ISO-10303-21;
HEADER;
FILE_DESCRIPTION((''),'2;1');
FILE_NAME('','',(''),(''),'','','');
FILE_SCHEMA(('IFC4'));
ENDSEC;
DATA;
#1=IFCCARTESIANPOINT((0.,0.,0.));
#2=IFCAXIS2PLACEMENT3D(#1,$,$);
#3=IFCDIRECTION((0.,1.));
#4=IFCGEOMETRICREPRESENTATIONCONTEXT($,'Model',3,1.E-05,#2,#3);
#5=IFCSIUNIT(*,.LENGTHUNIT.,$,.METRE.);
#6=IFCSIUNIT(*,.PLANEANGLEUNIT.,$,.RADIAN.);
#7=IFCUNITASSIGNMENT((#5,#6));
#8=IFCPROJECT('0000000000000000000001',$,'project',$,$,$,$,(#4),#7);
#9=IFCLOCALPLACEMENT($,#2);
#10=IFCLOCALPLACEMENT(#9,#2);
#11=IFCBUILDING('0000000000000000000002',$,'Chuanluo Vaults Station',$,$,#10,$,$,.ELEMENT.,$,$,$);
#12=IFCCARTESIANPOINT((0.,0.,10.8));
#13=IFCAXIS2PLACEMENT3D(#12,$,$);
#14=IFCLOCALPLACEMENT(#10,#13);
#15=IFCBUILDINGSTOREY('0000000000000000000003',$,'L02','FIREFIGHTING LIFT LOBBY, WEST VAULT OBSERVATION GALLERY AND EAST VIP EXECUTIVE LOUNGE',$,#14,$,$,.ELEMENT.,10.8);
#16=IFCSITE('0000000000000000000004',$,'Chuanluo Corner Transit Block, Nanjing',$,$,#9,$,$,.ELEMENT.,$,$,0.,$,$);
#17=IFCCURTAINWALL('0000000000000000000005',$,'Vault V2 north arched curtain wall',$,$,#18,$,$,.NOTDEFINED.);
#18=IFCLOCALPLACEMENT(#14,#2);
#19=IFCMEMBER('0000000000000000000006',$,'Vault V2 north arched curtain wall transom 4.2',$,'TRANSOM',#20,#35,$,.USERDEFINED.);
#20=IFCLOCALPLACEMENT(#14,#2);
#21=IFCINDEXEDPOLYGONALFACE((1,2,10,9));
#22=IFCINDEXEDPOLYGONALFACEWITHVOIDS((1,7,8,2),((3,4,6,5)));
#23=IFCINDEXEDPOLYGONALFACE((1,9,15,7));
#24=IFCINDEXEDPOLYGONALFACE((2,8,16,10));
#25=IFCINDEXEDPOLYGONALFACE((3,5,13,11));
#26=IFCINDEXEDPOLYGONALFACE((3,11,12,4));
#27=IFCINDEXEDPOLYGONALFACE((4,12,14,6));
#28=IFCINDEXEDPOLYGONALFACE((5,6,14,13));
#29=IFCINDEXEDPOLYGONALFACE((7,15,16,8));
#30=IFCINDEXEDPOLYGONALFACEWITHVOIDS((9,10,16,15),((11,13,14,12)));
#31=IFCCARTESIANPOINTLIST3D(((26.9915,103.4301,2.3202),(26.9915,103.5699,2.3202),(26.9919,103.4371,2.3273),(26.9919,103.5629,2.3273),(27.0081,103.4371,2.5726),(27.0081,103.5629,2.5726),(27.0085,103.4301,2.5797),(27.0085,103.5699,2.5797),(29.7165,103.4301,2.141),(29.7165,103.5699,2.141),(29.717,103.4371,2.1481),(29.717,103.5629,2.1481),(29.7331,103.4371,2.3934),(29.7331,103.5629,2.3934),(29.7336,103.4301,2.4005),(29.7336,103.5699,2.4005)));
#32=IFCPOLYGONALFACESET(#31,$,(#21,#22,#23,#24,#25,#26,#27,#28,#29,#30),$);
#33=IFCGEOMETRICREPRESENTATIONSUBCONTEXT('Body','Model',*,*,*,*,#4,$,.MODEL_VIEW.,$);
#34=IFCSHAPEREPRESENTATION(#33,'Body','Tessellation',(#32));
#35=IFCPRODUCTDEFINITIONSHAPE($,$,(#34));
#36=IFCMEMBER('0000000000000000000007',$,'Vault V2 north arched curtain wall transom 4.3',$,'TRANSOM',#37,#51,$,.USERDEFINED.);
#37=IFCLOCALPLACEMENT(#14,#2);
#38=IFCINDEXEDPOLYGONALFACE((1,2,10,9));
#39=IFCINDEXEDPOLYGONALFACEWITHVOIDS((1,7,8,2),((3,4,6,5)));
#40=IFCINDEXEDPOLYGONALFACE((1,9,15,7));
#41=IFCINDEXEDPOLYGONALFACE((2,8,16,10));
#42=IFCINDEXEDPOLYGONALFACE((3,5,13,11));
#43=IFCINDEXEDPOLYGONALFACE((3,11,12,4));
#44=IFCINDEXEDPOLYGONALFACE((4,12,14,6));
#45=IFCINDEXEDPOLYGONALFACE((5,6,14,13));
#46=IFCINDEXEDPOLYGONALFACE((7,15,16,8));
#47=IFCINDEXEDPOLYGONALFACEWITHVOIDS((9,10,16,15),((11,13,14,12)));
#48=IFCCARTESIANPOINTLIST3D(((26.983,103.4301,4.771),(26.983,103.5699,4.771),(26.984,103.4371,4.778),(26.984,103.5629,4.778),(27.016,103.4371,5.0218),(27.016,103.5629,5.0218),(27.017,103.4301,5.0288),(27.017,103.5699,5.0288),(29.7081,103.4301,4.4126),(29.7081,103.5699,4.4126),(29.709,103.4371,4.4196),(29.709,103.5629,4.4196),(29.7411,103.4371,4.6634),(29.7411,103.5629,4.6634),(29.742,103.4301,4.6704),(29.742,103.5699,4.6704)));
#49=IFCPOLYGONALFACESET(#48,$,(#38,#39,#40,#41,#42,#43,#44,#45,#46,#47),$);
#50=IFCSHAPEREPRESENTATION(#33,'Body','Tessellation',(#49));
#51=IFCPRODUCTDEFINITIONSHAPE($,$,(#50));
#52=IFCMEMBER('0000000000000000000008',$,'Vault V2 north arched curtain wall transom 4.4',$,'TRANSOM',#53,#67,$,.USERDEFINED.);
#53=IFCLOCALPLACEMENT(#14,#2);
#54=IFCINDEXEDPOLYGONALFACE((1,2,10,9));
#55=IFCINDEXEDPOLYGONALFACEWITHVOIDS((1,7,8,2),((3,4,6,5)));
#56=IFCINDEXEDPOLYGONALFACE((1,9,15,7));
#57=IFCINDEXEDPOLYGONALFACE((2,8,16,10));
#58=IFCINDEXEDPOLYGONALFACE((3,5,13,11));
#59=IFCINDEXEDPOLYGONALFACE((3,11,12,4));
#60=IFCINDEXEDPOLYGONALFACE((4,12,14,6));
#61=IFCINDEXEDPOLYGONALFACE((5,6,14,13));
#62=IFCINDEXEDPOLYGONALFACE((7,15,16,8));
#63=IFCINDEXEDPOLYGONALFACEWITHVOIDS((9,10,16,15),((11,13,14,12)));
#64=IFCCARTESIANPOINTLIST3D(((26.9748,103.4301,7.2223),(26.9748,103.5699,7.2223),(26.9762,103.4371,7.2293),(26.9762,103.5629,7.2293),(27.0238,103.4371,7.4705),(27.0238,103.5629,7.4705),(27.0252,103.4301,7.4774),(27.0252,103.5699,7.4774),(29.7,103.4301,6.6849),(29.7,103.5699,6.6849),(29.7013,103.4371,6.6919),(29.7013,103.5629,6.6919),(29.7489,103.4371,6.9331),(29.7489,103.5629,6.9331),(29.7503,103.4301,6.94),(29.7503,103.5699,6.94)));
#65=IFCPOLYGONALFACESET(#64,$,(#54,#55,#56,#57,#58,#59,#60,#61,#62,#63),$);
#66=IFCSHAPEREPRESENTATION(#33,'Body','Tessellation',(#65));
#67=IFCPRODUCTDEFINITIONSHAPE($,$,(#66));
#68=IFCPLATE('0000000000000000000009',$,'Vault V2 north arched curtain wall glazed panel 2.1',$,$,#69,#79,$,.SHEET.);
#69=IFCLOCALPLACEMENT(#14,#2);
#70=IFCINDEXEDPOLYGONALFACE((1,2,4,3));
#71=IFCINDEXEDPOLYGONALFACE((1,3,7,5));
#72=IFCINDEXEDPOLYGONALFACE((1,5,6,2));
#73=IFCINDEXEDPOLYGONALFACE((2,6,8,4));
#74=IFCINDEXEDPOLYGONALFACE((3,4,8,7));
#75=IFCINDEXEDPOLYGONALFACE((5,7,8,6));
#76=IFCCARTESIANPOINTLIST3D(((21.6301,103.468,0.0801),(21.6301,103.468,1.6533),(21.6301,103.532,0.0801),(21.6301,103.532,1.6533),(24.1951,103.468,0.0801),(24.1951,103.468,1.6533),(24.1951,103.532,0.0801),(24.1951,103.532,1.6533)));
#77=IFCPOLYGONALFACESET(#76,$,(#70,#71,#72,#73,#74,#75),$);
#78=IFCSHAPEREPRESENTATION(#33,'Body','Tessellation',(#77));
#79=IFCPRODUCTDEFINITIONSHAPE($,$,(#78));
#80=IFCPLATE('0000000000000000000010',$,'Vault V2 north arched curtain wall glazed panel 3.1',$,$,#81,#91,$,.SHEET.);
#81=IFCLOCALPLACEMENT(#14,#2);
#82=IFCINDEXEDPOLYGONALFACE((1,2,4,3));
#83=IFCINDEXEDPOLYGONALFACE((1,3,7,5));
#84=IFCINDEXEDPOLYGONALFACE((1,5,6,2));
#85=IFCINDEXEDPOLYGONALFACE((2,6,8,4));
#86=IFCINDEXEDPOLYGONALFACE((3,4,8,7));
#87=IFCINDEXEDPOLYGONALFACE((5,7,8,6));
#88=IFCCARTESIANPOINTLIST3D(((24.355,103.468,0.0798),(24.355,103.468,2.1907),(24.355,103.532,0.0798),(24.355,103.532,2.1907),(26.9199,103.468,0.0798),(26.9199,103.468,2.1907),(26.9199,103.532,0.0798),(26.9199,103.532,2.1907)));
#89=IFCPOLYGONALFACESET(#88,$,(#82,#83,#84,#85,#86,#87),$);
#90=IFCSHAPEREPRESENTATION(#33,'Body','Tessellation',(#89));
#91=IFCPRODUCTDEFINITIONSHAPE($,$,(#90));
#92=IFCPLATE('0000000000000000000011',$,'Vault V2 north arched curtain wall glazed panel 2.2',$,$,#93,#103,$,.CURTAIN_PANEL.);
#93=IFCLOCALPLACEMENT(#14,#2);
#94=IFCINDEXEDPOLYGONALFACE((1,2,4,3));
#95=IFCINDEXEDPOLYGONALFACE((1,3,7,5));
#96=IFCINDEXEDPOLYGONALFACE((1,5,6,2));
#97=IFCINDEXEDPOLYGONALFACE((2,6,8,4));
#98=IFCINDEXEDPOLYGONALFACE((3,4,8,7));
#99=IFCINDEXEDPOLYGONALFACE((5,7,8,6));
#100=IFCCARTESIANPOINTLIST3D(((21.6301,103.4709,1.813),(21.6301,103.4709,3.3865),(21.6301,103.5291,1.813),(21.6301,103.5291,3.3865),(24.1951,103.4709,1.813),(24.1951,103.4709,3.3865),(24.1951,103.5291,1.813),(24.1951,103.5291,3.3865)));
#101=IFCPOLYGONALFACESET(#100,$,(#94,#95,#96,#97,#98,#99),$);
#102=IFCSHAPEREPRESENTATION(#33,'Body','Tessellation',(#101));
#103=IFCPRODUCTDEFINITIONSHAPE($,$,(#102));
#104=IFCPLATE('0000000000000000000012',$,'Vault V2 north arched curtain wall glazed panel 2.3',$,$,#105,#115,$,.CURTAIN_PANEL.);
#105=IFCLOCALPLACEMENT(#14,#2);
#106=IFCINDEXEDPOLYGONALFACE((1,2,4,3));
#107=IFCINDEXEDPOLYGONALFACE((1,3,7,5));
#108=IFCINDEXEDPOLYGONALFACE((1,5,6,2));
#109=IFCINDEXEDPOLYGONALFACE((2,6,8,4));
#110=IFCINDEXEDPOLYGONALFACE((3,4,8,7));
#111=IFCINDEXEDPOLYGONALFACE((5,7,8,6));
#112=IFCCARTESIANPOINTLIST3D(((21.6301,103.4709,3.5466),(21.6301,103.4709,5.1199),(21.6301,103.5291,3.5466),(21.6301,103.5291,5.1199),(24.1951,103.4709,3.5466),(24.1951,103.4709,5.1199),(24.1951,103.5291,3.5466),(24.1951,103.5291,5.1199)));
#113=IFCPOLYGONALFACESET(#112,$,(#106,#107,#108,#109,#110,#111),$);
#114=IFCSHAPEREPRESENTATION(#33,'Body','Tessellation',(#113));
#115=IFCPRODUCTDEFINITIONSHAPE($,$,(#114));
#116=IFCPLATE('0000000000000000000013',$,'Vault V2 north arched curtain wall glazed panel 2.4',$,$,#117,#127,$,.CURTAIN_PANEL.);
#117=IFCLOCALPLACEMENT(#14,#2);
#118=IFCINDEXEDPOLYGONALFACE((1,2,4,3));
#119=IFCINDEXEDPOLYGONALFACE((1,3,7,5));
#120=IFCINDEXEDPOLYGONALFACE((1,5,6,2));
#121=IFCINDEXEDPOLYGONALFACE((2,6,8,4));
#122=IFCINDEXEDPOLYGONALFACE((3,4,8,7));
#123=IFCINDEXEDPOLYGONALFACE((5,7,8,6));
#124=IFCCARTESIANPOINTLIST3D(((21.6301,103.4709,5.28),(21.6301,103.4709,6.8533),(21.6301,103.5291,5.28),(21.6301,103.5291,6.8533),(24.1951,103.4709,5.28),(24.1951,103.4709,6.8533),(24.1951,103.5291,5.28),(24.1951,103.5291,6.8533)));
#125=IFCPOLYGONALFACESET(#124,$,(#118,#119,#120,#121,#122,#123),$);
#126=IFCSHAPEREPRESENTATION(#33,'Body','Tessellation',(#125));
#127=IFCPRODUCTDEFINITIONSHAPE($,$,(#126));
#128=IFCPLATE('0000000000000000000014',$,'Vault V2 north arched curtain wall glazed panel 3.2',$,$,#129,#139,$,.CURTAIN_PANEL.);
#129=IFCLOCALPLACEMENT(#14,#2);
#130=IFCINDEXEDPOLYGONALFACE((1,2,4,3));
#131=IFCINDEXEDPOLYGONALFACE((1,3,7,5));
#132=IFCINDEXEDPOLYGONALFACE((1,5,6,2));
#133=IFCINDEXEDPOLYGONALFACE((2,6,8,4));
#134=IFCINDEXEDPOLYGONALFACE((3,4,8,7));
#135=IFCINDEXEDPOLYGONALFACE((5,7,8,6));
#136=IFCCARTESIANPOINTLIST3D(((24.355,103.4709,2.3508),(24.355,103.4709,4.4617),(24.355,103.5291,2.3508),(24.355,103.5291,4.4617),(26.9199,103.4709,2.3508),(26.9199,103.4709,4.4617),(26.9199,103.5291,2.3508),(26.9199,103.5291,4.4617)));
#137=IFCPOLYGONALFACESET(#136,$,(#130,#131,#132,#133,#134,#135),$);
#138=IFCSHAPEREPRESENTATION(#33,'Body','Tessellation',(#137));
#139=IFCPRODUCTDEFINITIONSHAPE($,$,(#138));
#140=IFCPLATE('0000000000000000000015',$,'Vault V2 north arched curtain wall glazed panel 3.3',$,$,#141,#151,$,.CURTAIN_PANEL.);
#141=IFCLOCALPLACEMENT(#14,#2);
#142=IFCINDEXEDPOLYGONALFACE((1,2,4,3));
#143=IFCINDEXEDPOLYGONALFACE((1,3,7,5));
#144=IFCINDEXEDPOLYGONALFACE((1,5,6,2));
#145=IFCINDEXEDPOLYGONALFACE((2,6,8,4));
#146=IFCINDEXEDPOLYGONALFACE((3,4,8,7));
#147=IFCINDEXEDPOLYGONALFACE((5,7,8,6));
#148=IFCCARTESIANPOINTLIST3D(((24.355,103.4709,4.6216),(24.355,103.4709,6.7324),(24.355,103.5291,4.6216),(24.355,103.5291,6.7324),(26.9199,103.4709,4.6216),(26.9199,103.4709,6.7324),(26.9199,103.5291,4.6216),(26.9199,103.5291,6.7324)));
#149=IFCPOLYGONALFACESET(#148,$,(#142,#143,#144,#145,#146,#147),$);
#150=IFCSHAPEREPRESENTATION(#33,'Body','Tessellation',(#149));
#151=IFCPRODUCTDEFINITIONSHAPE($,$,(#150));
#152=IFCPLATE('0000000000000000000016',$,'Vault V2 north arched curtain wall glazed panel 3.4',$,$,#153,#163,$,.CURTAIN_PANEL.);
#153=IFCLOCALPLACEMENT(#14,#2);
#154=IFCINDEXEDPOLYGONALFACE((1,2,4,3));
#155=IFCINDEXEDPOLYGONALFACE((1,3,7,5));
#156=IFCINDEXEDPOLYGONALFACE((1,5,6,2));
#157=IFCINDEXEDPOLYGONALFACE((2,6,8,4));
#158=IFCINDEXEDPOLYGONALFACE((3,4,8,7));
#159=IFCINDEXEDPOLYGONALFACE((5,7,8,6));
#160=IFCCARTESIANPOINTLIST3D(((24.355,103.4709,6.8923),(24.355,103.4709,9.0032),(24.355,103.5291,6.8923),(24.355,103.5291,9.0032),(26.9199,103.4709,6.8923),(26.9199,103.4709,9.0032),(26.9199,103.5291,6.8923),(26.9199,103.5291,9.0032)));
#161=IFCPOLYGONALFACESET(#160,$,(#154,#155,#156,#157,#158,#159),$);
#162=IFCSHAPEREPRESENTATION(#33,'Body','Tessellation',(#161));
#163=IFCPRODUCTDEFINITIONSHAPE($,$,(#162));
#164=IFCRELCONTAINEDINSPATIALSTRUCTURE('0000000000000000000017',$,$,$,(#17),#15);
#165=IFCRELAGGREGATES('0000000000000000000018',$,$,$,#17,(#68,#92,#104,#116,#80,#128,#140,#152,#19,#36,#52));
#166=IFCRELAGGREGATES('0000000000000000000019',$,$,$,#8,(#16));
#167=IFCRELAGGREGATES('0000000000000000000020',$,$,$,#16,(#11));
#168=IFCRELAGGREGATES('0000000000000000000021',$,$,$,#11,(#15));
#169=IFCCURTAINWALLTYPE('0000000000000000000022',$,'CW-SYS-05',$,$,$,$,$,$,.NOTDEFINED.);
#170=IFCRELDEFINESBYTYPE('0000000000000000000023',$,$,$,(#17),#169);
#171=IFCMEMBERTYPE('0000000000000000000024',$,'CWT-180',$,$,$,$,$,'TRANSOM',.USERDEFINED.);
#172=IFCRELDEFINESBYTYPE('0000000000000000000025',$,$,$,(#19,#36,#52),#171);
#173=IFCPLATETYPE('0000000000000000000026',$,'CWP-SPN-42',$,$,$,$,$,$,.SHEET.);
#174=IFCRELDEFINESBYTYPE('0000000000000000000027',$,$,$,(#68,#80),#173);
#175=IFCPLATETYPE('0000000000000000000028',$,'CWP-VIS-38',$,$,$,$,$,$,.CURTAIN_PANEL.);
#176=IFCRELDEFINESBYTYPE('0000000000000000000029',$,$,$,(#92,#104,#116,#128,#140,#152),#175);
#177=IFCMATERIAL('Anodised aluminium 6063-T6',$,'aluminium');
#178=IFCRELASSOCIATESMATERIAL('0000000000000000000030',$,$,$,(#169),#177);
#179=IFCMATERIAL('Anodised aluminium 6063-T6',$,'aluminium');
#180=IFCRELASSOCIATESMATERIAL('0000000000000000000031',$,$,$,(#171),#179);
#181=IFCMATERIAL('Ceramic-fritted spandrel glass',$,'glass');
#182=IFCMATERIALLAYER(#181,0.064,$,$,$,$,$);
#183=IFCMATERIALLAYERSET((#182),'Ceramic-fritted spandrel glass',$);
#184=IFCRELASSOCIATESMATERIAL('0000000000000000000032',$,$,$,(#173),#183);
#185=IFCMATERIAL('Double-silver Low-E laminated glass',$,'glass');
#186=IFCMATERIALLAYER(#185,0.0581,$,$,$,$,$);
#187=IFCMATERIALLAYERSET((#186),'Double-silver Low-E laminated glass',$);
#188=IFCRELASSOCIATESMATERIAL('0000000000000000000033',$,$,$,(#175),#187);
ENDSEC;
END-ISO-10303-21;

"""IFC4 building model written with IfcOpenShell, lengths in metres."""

from ifc_helpers import new_model, si_unit, direction, frame, origin, origin_2d, place, context, subcontext, project, spatial, rectangle, hollow_rectangle, extrude, material, layer, layer_set, material_profile, profile_set, type_object, element, aggregate, save


model = new_model("IFC4")

# Units and contexts
model_context = context("Model", 3, precision=1e-05, world=origin(), true_north=direction((0.0, 1.0)))
body_context = subcontext(model_context, "Body", "Model", "MODEL_VIEW")
ifc_project = project(units=[si_unit("LENGTHUNIT", "METRE"), si_unit("PLANEANGLEUNIT", "RADIAN")], contexts=[model_context])

# Site, building, storey
site_placement = place(None, origin())
site = spatial("IfcSite", under=ifc_project, at=site_placement, Name="Chuanluo Corner Transit Block, Nanjing", CompositionType="ELEMENT", RefElevation=0.0)
building_placement = place(site_placement, origin())
building = spatial("IfcBuilding", under=site, at=building_placement, Name="Chuanluo Vaults Station", CompositionType="ELEMENT")
storey_placement = place(building_placement, frame((0.0, 0.0, 10.8)))
storey = spatial("IfcBuildingStorey", under=building, at=storey_placement, Name="L02", Description="FIREFIGHTING LIFT LOBBY, WEST VAULT OBSERVATION GALLERY AND EAST VIP EXECUTIVE LOUNGE", CompositionType="ELEMENT", Elevation=10.8)

# Curtain wall, members, plates
ifc_material_1 = material(Name="Anodised aluminium 6063-T6", Category="aluminium")
curtain_wall_type = type_object("IfcCurtainWallType", Name="CW-SYS-05", PredefinedType="NOTDEFINED", material=ifc_material_1)
curtain_wall_placement = place(storey_placement, origin())
curtain_wall = element("IfcCurtainWall", 1, at=curtain_wall_placement, inside=storey, type_object=curtain_wall_type, Name="Vault V2 north arched curtain wall", PredefinedType="NOTDEFINED")
ifc_material_2 = material(Name="Anodised aluminium 6063-T6", Category="aluminium")
ifc_material_profile_1 = material_profile(ifc_material_2, hollow_rectangle(XDim=0.1399, YDim=0.26, WallThickness=0.0071, at=origin_2d()))
ifc_profile_set_1 = profile_set([ifc_material_profile_1], Name="Anodised aluminium 6063-T6")
member_type_1 = type_object("IfcMemberType", Name="CWT-180", ElementType="TRANSOM", PredefinedType="USERDEFINED", material=ifc_profile_set_1)
member_1_placement = place(storey_placement, frame((27.0, 103.5, 2.45), z_axis=(0.997845, 0.0, -0.065617), x_axis=(0.0, 1.0, 0.0)))
member_1 = element("IfcMember", 2, at=member_1_placement, type_object=member_type_1, Name="Vault V2 north arched curtain wall transom 4.2", ObjectType="TRANSOM", PredefinedType="USERDEFINED", context=body_context, shape_type="SweptSolid", body=[
    extrude(hollow_rectangle(XDim=0.1399, YDim=0.26, WallThickness=0.0071, at=origin_2d()), origin(), (0.0, 0.0, 1.0), 2.731),
])
member_2_placement = place(storey_placement, frame((27.0, 103.5, 4.8999), z_axis=(0.991462, 0.0, -0.130395), x_axis=(0.0, 1.0, 0.0)))
member_2 = element("IfcMember", 3, at=member_2_placement, type_object=member_type_1, Name="Vault V2 north arched curtain wall transom 4.3", ObjectType="TRANSOM", PredefinedType="USERDEFINED", context=body_context, shape_type="SweptSolid", body=[
    extrude(hollow_rectangle(XDim=0.1399, YDim=0.26, WallThickness=0.0071, at=origin_2d()), origin(), (0.0, 0.0, 1.0), 2.7485),
])
member_3_placement = place(storey_placement, frame((27.0, 103.5, 7.3499), z_axis=(0.981108, 0.0, -0.193462), x_axis=(0.0, 1.0, 0.0)))
member_3 = element("IfcMember", 4, at=member_3_placement, type_object=member_type_1, Name="Vault V2 north arched curtain wall transom 4.4", ObjectType="TRANSOM", PredefinedType="USERDEFINED", context=body_context, shape_type="SweptSolid", body=[
    extrude(hollow_rectangle(XDim=0.1399, YDim=0.26, WallThickness=0.0071, at=origin_2d()), origin(), (0.0, 0.0, 1.0), 2.7776),
])
ifc_material_3 = material(Name="Ceramic-fritted spandrel glass", Category="glass")
ifc_layer_1 = layer(ifc_material_3, 0.064)
ifc_layer_set_1 = layer_set([ifc_layer_1], Name="Ceramic-fritted spandrel glass")
plate_type_1 = type_object("IfcPlateType", Name="CWP-SPN-42", PredefinedType="SHEET", material=ifc_layer_set_1)
plate_1_placement = place(storey_placement, frame((22.9126, 103.5, 0.0801), z_axis=(0.0, 0.0, 1.0), x_axis=(1.0, 0.0, 0.0)))
plate_1 = element("IfcPlate", 5, at=plate_1_placement, type_object=plate_type_1, Name="Vault V2 north arched curtain wall glazed panel 2.1", PredefinedType="SHEET", context=body_context, shape_type="SweptSolid", body=[
    extrude(rectangle(XDim=2.5649, YDim=0.064, at=origin_2d()), origin(), (0.0, 0.0, 1.0), 1.5732),
])
plate_2_placement = place(storey_placement, frame((25.6375, 103.5, 0.0798), z_axis=(0.0, 0.0, 1.0), x_axis=(1.0, 0.0, 0.0)))
plate_2 = element("IfcPlate", 6, at=plate_2_placement, type_object=plate_type_1, Name="Vault V2 north arched curtain wall glazed panel 3.1", PredefinedType="SHEET", context=body_context, shape_type="SweptSolid", body=[
    extrude(rectangle(XDim=2.5649, YDim=0.064, at=origin_2d()), origin(), (0.0, 0.0, 1.0), 2.1108),
])
ifc_material_4 = material(Name="Double-silver Low-E laminated glass", Category="glass")
ifc_layer_2 = layer(ifc_material_4, 0.0581)
ifc_layer_set_2 = layer_set([ifc_layer_2], Name="Double-silver Low-E laminated glass")
plate_type_2 = type_object("IfcPlateType", Name="CWP-VIS-38", PredefinedType="CURTAIN_PANEL", material=ifc_layer_set_2)
plate_3_placement = place(storey_placement, frame((22.9126, 103.5, 1.813), z_axis=(0.0, 0.0, 1.0), x_axis=(1.0, 0.0, 0.0)))
plate_3 = element("IfcPlate", 7, at=plate_3_placement, type_object=plate_type_2, Name="Vault V2 north arched curtain wall glazed panel 2.2", PredefinedType="CURTAIN_PANEL", context=body_context, shape_type="SweptSolid", body=[
    extrude(rectangle(XDim=2.5649, YDim=0.0581, at=origin_2d()), origin(), (0.0, 0.0, 1.0), 1.5735),
])
plate_4_placement = place(storey_placement, frame((22.9126, 103.5, 3.5466), z_axis=(0.0, 0.0, 1.0), x_axis=(1.0, 0.0, 0.0)))
plate_4 = element("IfcPlate", 8, at=plate_4_placement, type_object=plate_type_2, Name="Vault V2 north arched curtain wall glazed panel 2.3", PredefinedType="CURTAIN_PANEL", context=body_context, shape_type="SweptSolid", body=[
    extrude(rectangle(XDim=2.5649, YDim=0.0581, at=origin_2d()), origin(), (0.0, 0.0, 1.0), 1.5732),
])
plate_5_placement = place(storey_placement, frame((22.9126, 103.5, 5.28), z_axis=(0.0, 0.0, 1.0), x_axis=(1.0, 0.0, 0.0)))
plate_5 = element("IfcPlate", 9, at=plate_5_placement, type_object=plate_type_2, Name="Vault V2 north arched curtain wall glazed panel 2.4", PredefinedType="CURTAIN_PANEL", context=body_context, shape_type="SweptSolid", body=[
    extrude(rectangle(XDim=2.5649, YDim=0.0581, at=origin_2d()), origin(), (0.0, 0.0, 1.0), 1.5732),
])
plate_6_placement = place(storey_placement, frame((25.6375, 103.5, 2.3508), z_axis=(0.0, 0.0, 1.0), x_axis=(1.0, 0.0, 0.0)))
plate_6 = element("IfcPlate", 10, at=plate_6_placement, type_object=plate_type_2, Name="Vault V2 north arched curtain wall glazed panel 3.2", PredefinedType="CURTAIN_PANEL", context=body_context, shape_type="SweptSolid", body=[
    extrude(rectangle(XDim=2.5649, YDim=0.0581, at=origin_2d()), origin(), (0.0, 0.0, 1.0), 2.1108),
])
plate_7_placement = place(storey_placement, frame((25.6375, 103.5, 4.6216), z_axis=(0.0, 0.0, 1.0), x_axis=(1.0, 0.0, 0.0)))
plate_7 = element("IfcPlate", 11, at=plate_7_placement, type_object=plate_type_2, Name="Vault V2 north arched curtain wall glazed panel 3.3", PredefinedType="CURTAIN_PANEL", context=body_context, shape_type="SweptSolid", body=[
    extrude(rectangle(XDim=2.5649, YDim=0.0581, at=origin_2d()), origin(), (0.0, 0.0, 1.0), 2.1108),
])
plate_8_placement = place(storey_placement, frame((25.6375, 103.5, 6.8923), z_axis=(0.0, 0.0, 1.0), x_axis=(1.0, 0.0, 0.0)))
plate_8 = element("IfcPlate", 12, at=plate_8_placement, type_object=plate_type_2, Name="Vault V2 north arched curtain wall glazed panel 3.4", PredefinedType="CURTAIN_PANEL", context=body_context, shape_type="SweptSolid", body=[
    extrude(rectangle(XDim=2.5649, YDim=0.0581, at=origin_2d()), origin(), (0.0, 0.0, 1.0), 2.1108),
])
aggregate(curtain_wall, [plate_1, plate_3, plate_4, plate_5, plate_2, plate_6, plate_7, plate_8, member_1, member_2, member_3])

save(model, "model.ifc")
